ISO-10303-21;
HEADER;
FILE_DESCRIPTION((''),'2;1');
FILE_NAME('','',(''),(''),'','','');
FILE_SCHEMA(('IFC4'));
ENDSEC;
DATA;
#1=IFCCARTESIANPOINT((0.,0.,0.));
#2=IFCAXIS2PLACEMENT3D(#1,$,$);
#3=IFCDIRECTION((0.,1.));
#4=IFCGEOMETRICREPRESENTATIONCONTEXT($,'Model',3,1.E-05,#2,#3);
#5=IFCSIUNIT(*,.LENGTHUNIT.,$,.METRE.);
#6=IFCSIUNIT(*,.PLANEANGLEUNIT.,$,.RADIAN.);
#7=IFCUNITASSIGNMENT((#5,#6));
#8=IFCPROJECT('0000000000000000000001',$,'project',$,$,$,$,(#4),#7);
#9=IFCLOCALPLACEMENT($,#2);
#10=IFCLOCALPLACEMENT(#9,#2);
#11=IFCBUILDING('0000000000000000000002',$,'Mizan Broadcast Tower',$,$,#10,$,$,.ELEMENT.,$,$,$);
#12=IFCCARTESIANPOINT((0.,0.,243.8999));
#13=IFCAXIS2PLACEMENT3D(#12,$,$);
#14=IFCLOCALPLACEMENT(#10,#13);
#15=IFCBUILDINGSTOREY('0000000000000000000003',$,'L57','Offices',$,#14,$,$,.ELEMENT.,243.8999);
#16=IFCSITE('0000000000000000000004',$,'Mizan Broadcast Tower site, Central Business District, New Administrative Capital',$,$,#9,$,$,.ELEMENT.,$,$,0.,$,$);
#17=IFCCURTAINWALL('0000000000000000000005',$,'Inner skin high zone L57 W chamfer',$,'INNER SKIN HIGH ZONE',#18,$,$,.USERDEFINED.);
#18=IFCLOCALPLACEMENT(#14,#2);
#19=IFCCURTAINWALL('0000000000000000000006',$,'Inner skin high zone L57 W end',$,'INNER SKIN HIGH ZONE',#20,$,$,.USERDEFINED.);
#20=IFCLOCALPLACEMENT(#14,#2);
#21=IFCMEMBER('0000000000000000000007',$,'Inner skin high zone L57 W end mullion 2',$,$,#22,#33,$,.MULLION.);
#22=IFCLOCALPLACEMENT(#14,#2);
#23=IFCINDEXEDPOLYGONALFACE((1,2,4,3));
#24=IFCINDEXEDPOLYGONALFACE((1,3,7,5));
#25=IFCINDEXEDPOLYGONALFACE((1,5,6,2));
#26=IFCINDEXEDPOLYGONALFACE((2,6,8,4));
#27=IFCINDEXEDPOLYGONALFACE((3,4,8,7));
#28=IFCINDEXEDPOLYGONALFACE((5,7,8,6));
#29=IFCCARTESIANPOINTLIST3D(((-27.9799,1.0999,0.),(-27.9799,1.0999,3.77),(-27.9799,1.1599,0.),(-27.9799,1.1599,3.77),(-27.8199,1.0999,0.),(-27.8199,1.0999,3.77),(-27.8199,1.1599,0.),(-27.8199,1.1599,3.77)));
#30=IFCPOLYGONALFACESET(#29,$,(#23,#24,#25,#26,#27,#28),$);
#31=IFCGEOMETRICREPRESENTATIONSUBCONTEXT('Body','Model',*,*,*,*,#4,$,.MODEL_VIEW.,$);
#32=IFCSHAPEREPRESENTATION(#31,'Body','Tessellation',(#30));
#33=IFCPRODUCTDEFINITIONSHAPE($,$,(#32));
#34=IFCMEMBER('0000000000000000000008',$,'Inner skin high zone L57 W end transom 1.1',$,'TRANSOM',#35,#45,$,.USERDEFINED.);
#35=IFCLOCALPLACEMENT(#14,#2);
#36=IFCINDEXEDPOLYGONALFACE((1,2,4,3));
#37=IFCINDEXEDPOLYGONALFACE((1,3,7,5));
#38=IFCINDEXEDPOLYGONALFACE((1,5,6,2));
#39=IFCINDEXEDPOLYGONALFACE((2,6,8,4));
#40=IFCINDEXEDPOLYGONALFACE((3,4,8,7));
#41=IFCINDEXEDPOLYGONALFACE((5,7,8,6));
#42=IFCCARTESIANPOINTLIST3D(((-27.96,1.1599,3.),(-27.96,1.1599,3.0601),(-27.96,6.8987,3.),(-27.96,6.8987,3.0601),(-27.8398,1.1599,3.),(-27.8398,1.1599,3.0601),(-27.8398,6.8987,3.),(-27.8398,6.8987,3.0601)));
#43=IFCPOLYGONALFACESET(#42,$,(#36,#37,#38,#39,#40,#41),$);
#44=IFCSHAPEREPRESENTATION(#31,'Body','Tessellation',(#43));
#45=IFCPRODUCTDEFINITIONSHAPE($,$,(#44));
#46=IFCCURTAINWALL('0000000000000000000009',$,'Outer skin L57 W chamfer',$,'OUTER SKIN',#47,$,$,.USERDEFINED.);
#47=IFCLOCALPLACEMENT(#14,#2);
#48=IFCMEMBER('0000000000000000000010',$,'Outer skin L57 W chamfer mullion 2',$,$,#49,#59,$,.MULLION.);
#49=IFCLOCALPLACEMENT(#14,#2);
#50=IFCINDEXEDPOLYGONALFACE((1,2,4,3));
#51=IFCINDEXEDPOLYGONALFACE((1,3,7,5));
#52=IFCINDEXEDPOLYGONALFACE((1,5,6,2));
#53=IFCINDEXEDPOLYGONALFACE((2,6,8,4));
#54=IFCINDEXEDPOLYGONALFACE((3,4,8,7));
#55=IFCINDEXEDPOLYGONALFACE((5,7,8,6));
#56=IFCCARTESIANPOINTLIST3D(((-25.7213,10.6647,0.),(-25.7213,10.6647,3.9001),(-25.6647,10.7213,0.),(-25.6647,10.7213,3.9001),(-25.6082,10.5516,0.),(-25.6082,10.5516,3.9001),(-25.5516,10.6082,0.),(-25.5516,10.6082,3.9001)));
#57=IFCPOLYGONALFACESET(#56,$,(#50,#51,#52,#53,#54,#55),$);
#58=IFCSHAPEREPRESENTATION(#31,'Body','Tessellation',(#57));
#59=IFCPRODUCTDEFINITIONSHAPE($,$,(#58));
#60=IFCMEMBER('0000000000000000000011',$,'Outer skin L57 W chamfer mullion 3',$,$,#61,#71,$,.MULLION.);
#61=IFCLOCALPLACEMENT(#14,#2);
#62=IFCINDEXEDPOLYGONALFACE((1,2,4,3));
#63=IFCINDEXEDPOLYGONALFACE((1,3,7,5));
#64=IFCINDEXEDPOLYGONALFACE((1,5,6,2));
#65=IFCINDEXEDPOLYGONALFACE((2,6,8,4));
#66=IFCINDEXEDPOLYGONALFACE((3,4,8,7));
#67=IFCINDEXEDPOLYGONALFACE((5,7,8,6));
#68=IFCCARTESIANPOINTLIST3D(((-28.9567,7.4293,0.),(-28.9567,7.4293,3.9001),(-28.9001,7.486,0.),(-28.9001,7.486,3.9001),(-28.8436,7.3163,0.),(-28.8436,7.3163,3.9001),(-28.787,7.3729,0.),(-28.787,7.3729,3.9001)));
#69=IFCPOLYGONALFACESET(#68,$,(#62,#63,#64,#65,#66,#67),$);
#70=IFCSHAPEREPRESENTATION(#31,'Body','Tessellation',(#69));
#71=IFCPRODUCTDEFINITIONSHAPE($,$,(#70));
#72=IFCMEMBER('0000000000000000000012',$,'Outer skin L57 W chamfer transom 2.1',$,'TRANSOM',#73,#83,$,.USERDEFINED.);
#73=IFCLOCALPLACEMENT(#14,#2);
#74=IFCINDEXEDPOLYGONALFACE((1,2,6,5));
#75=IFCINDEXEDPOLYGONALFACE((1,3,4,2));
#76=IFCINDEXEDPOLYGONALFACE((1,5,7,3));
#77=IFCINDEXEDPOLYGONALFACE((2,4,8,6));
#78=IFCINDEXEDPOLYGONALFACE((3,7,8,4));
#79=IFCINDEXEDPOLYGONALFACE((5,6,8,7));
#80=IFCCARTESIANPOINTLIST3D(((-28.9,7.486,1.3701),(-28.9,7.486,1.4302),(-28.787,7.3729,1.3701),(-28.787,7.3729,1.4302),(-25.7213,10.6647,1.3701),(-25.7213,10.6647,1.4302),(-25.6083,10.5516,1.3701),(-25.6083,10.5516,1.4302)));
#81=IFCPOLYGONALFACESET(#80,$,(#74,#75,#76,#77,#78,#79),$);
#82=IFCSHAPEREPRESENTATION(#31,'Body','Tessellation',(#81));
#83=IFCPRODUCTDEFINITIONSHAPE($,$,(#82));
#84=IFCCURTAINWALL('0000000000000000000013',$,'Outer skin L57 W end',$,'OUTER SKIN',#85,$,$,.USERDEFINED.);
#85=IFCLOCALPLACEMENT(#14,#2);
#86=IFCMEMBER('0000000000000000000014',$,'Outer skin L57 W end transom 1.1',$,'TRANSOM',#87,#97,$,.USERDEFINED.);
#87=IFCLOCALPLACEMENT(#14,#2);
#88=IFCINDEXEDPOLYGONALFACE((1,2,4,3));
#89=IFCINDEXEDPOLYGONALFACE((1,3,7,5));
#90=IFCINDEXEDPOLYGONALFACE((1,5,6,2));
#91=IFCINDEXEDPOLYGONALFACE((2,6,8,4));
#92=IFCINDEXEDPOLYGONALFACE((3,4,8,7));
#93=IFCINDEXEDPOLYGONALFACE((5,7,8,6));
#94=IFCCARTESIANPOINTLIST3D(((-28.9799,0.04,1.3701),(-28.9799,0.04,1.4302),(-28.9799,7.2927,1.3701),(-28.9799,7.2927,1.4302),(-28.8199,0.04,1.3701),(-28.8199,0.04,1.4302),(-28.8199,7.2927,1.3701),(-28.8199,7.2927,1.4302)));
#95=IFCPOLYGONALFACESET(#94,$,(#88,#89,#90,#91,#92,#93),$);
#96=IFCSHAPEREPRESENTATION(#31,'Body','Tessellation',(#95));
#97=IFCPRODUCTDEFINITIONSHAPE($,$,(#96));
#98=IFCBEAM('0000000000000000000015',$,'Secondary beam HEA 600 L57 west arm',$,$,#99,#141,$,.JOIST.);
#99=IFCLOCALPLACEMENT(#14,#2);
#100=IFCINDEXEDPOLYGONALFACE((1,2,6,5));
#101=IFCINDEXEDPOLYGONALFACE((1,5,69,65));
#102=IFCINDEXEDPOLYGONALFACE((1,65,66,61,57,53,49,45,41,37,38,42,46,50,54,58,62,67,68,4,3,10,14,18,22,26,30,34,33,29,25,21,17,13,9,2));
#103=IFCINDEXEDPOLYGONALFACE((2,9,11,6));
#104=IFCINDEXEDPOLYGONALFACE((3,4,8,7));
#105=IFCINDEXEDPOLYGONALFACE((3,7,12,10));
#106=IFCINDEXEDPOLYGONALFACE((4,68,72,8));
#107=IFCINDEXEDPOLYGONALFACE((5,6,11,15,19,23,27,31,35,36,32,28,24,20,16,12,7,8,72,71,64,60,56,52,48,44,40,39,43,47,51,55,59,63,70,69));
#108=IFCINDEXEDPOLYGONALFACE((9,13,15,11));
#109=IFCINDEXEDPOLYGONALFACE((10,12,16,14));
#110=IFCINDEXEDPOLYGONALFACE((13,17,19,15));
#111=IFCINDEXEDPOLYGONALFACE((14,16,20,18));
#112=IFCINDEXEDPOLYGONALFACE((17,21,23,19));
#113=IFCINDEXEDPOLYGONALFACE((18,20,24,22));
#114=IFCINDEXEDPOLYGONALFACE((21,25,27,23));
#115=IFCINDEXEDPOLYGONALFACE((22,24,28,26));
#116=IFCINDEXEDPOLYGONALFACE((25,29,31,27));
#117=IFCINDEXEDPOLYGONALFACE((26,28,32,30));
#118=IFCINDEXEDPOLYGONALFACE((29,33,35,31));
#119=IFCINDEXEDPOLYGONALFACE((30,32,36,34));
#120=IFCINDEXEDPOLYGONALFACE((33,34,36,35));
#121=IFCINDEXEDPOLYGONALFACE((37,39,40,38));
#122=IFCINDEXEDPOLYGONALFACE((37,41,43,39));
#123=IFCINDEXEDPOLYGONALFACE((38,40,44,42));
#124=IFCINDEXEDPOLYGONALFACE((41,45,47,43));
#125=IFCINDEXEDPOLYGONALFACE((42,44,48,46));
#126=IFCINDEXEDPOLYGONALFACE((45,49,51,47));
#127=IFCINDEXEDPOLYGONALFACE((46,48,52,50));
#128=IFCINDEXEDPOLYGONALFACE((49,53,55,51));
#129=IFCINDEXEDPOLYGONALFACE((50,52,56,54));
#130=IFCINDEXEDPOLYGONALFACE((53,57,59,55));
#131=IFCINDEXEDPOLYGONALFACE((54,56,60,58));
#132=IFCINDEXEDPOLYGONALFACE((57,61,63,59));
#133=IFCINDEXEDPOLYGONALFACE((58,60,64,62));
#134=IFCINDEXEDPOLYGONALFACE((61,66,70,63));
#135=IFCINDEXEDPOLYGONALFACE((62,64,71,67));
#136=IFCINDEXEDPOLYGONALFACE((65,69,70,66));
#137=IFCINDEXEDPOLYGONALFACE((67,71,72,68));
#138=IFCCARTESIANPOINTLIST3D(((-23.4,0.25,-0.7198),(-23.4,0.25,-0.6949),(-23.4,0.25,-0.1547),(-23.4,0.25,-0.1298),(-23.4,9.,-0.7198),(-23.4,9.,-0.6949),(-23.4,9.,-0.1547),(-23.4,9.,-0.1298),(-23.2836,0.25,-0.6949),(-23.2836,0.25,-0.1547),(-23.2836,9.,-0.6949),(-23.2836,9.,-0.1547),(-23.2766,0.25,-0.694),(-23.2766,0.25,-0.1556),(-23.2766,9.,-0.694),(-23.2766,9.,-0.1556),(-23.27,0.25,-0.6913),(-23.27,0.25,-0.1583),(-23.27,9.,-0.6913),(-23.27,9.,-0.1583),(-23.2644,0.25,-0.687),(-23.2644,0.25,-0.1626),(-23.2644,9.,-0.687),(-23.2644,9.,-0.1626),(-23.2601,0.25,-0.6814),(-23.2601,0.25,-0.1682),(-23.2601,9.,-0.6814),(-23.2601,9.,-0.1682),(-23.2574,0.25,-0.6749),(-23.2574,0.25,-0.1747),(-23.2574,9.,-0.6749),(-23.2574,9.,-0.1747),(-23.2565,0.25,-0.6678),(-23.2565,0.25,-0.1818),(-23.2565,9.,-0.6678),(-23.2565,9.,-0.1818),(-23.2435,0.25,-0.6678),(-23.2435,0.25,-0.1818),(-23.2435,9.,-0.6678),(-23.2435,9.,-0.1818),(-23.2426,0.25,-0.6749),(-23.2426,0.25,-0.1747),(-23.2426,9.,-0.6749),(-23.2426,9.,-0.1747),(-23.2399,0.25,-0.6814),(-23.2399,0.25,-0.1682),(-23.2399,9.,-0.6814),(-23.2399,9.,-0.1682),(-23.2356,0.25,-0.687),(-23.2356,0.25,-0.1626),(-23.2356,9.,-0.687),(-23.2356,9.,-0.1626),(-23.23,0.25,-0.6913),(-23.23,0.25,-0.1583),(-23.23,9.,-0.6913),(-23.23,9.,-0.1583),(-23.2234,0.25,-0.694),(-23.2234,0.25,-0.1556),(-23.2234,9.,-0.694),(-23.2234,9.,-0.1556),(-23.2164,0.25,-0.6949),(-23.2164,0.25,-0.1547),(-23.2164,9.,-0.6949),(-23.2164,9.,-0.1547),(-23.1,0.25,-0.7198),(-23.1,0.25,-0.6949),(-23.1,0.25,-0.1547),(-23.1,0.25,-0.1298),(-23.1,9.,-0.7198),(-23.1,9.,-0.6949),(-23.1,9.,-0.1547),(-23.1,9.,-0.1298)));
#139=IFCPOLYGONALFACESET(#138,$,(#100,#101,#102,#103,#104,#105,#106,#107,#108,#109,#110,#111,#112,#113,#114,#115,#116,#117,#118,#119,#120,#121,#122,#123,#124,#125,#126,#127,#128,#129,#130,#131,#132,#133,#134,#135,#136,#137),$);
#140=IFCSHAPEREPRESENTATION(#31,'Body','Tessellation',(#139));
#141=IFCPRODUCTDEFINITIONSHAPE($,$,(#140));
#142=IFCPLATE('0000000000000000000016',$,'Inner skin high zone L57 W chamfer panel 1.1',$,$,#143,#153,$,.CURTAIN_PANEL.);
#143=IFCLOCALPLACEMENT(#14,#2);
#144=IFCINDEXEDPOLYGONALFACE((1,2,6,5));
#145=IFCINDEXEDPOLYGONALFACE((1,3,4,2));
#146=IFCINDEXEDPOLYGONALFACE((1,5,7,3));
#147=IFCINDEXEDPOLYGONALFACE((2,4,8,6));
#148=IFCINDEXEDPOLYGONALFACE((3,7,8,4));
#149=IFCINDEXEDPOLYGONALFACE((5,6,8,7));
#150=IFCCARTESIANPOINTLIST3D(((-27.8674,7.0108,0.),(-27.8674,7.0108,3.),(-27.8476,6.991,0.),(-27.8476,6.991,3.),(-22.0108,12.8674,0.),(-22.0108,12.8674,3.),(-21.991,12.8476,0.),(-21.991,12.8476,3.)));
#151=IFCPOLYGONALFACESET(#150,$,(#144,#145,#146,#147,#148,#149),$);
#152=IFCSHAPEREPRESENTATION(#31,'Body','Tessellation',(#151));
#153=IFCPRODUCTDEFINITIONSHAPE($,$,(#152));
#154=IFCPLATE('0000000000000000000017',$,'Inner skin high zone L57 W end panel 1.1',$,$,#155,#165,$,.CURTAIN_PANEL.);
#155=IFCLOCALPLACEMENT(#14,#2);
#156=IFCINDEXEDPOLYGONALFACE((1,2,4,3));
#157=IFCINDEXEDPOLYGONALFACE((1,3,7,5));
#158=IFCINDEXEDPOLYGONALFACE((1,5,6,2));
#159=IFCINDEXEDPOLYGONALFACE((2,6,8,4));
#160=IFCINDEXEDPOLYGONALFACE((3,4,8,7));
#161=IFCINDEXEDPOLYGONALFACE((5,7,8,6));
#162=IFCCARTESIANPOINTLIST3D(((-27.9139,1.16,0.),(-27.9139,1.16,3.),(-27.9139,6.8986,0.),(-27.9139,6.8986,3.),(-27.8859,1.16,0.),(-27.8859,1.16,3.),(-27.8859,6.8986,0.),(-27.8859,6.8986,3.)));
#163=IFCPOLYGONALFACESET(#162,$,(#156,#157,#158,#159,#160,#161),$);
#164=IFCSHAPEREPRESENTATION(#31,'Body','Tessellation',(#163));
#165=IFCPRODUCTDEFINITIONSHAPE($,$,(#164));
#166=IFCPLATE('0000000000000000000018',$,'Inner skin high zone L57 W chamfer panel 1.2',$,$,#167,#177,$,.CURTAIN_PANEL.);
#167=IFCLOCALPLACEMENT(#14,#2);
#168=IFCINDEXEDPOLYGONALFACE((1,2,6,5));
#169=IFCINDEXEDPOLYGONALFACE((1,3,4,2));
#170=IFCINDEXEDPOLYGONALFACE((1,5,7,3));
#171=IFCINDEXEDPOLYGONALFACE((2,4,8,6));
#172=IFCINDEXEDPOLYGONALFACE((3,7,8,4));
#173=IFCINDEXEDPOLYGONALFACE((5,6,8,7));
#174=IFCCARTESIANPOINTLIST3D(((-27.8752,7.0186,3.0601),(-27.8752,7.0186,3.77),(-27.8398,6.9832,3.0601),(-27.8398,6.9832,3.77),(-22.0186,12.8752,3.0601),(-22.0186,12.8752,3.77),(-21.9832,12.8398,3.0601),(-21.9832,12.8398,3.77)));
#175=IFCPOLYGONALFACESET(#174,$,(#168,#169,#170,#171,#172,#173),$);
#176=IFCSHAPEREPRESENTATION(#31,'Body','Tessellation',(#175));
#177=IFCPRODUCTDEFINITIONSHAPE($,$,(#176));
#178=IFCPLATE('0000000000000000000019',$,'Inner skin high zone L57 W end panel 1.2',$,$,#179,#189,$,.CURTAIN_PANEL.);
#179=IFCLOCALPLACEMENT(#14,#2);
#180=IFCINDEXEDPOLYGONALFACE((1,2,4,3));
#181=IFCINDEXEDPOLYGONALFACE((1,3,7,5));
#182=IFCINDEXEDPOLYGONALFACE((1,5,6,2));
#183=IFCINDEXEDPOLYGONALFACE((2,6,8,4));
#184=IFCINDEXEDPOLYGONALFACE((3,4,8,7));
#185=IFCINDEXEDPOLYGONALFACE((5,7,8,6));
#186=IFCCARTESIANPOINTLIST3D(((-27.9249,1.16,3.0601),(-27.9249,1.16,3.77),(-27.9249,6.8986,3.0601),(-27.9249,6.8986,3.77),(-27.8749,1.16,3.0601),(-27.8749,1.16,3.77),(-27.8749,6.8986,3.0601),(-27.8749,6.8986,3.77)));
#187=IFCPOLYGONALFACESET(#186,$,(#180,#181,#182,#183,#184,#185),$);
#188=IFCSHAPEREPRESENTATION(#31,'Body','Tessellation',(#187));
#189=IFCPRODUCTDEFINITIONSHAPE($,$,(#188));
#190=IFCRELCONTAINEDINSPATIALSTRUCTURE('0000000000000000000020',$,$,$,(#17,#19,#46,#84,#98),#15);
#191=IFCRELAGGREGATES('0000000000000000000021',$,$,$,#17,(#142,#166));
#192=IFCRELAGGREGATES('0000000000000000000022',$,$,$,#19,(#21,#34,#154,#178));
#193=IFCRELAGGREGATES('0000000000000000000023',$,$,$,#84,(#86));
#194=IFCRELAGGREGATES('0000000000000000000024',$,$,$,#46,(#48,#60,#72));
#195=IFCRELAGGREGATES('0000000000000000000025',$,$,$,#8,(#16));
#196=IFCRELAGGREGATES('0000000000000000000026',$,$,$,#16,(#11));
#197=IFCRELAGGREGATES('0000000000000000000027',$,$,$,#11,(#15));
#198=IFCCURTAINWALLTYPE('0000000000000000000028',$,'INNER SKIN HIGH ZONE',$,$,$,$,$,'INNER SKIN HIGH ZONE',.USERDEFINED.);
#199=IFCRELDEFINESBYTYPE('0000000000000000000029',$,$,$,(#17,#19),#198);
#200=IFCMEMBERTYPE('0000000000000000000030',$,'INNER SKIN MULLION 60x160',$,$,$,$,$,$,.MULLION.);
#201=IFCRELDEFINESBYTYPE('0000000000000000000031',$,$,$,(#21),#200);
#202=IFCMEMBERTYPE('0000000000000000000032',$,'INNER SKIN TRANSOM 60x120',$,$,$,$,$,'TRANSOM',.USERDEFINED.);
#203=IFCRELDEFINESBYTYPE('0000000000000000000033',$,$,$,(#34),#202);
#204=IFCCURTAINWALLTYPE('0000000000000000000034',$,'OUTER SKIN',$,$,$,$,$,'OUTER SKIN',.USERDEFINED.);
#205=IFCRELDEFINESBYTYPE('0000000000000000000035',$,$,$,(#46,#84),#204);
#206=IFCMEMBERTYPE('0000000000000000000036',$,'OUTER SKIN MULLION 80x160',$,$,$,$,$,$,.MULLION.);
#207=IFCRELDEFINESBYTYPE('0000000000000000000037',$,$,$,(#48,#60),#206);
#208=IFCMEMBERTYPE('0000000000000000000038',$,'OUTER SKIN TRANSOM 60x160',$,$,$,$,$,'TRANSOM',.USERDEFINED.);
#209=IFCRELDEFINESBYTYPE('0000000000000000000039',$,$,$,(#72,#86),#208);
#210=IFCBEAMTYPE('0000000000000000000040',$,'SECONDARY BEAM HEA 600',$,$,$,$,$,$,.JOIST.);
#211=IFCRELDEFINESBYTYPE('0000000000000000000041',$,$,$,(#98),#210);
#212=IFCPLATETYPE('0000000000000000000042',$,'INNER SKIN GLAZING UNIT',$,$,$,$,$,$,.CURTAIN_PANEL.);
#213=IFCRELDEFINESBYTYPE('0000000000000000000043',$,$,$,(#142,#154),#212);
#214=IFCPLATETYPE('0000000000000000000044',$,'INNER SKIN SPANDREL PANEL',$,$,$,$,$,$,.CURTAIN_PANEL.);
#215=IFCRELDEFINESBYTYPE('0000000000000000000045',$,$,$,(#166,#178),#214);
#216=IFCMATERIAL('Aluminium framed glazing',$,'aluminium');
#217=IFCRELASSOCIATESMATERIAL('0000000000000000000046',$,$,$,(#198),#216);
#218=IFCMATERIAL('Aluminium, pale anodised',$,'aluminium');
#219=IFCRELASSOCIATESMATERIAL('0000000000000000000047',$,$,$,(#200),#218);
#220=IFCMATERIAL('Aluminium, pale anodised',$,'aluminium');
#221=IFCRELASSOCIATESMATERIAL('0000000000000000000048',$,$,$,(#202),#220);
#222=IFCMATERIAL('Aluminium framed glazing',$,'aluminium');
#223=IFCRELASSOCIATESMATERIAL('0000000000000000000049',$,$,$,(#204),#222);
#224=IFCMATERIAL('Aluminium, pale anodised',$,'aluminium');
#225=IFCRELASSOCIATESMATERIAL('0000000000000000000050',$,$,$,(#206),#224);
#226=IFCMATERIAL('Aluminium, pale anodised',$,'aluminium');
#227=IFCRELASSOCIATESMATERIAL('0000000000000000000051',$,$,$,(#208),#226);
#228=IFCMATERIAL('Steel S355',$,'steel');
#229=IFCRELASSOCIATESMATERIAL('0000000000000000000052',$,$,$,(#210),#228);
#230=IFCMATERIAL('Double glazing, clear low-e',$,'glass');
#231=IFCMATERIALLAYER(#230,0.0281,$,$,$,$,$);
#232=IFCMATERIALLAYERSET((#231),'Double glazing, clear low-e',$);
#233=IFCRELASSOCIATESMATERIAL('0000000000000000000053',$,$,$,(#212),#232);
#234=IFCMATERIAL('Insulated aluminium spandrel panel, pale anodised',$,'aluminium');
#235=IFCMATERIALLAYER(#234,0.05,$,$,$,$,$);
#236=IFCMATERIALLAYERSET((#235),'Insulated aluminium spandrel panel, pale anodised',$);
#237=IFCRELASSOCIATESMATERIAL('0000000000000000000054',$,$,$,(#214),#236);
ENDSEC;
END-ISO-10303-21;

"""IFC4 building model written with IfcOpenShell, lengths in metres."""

from ifc_helpers import new_model, si_unit, direction, frame, origin, origin_2d, place, context, subcontext, project, spatial, rectangle, i_section, extrude, material, layer, layer_set, material_profile, profile_set, type_object, element, aggregate, save


model = new_model("IFC4")

# Units and contexts
model_context = context("Model", 3, precision=1e-05, world=origin(), true_north=direction((0.0, 1.0)))
body_context = subcontext(model_context, "Body", "Model", "MODEL_VIEW")
ifc_project = project(units=[si_unit("LENGTHUNIT", "METRE"), si_unit("PLANEANGLEUNIT", "RADIAN")], contexts=[model_context])

# Site, building, storey
site_placement = place(None, origin())
site = spatial("IfcSite", under=ifc_project, at=site_placement, Name="Mizan Broadcast Tower site, Central Business District, New Administrative Capital", CompositionType="ELEMENT", RefElevation=0.0)
building_placement = place(site_placement, origin())
building = spatial("IfcBuilding", under=site, at=building_placement, Name="Mizan Broadcast Tower", CompositionType="ELEMENT")
storey_placement = place(building_placement, frame((0.0, 0.0, 243.8999)))
storey = spatial("IfcBuildingStorey", under=building, at=storey_placement, Name="L57", Description="Offices", CompositionType="ELEMENT", Elevation=243.8999)

# Curtain wall
ifc_material_1 = material(Name="Aluminium framed glazing", Category="aluminium")
curtain_wall_type_1 = type_object("IfcCurtainWallType", Name="INNER SKIN HIGH ZONE", ElementType="INNER SKIN HIGH ZONE", PredefinedType="USERDEFINED", material=ifc_material_1)
curtain_wall_1_placement = place(storey_placement, origin())
curtain_wall_1 = element("IfcCurtainWall", 1, at=curtain_wall_1_placement, inside=storey, type_object=curtain_wall_type_1, Name="Inner skin high zone L57 W chamfer", ObjectType="INNER SKIN HIGH ZONE", PredefinedType="USERDEFINED")
ifc_material_2 = material(Name="Aluminium, pale anodised", Category="aluminium")
ifc_material_profile_1 = material_profile(ifc_material_2, rectangle(XDim=0.1599, YDim=0.0601, at=origin_2d()), Name="MULLION 160x60")
ifc_profile_set_1 = profile_set([ifc_material_profile_1], Name="Aluminium, pale anodised")
member_type_1 = type_object("IfcMemberType", Name="INNER SKIN MULLION 60x160", PredefinedType="MULLION", material=ifc_profile_set_1)

# Curtain walls, members
curtain_wall_2_placement = place(storey_placement, origin())
curtain_wall_2 = element("IfcCurtainWall", 2, at=curtain_wall_2_placement, inside=storey, type_object=curtain_wall_type_1, Name="Inner skin high zone L57 W end", ObjectType="INNER SKIN HIGH ZONE", PredefinedType="USERDEFINED")
member_1_placement = place(storey_placement, frame((-27.8999, 1.1299, 0.0), z_axis=(0.0, 0.0, 1.0), x_axis=(1.0, 0.0, 0.0)))
member_1 = element("IfcMember", 3, at=member_1_placement, type_object=member_type_1, Name="Inner skin high zone L57 W end mullion 2", PredefinedType="MULLION", context=body_context, shape_type="SweptSolid", body=[
    extrude(rectangle(XDim=0.1599, YDim=0.0601, at=origin_2d()), origin(), (0.0, 0.0, 1.0), 3.77),
])
ifc_material_3 = material(Name="Aluminium, pale anodised", Category="aluminium")
ifc_material_profile_2 = material_profile(ifc_material_3, rectangle(XDim=0.1201, YDim=0.0601, at=origin_2d()), Name="TRANSOM 120x60")
ifc_profile_set_2 = profile_set([ifc_material_profile_2], Name="Aluminium, pale anodised")
member_type_2 = type_object("IfcMemberType", Name="INNER SKIN TRANSOM 60x120", ElementType="TRANSOM", PredefinedType="USERDEFINED", material=ifc_profile_set_2)
member_2_placement = place(storey_placement, frame((-27.8999, 6.8987, 3.03), z_axis=(0.0, -1.0, 0.0), x_axis=(1.0, 0.0, 0.0)))
member_2 = element("IfcMember", 4, at=member_2_placement, type_object=member_type_2, Name="Inner skin high zone L57 W end transom 1.1", ObjectType="TRANSOM", PredefinedType="USERDEFINED", context=body_context, shape_type="SweptSolid", body=[
    extrude(rectangle(XDim=0.1201, YDim=0.0601, at=origin_2d()), origin(), (0.0, 0.0, 1.0), 5.7388),
])
ifc_material_4 = material(Name="Aluminium framed glazing", Category="aluminium")
curtain_wall_type_2 = type_object("IfcCurtainWallType", Name="OUTER SKIN", ElementType="OUTER SKIN", PredefinedType="USERDEFINED", material=ifc_material_4)
curtain_wall_3_placement = place(storey_placement, origin())
curtain_wall_3 = element("IfcCurtainWall", 5, at=curtain_wall_3_placement, inside=storey, type_object=curtain_wall_type_2, Name="Outer skin L57 W chamfer", ObjectType="OUTER SKIN", PredefinedType="USERDEFINED")
ifc_material_5 = material(Name="Aluminium, pale anodised", Category="aluminium")
ifc_material_profile_3 = material_profile(ifc_material_5, rectangle(XDim=0.1599, YDim=0.0801, at=origin_2d()), Name="MULLION 160x80")
ifc_profile_set_3 = profile_set([ifc_material_profile_3], Name="Aluminium, pale anodised")
member_type_3 = type_object("IfcMemberType", Name="OUTER SKIN MULLION 80x160", PredefinedType="MULLION", material=ifc_profile_set_3)
member_3_placement = place(storey_placement, frame((-25.6365, 10.6365, 0.0), z_axis=(0.0, 0.0, 1.0), x_axis=(0.707107, -0.707107, 0.0)))
member_3 = element("IfcMember", 6, at=member_3_placement, type_object=member_type_3, Name="Outer skin L57 W chamfer mullion 2", PredefinedType="MULLION", context=body_context, shape_type="SweptSolid", body=[
    extrude(rectangle(XDim=0.1599, YDim=0.0801, at=origin_2d()), origin(), (0.0, 0.0, 1.0), 3.9001),
])
member_4_placement = place(storey_placement, frame((-28.8718, 7.4011, 0.0), z_axis=(0.0, 0.0, 1.0), x_axis=(0.707107, -0.707107, 0.0)))
member_4 = element("IfcMember", 7, at=member_4_placement, type_object=member_type_3, Name="Outer skin L57 W chamfer mullion 3", PredefinedType="MULLION", context=body_context, shape_type="SweptSolid", body=[
    extrude(rectangle(XDim=0.1599, YDim=0.0801, at=origin_2d()), origin(), (0.0, 0.0, 1.0), 3.9001),
])
ifc_material_6 = material(Name="Aluminium, pale anodised", Category="aluminium")
ifc_material_profile_4 = material_profile(ifc_material_6, rectangle(XDim=0.1599, YDim=0.0601, at=origin_2d()), Name="TRANSOM 160x60")
ifc_profile_set_4 = profile_set([ifc_material_profile_4], Name="Aluminium, pale anodised")
member_type_4 = type_object("IfcMemberType", Name="OUTER SKIN TRANSOM 60x160", ElementType="TRANSOM", PredefinedType="USERDEFINED", material=ifc_profile_set_4)
member_5_placement = place(storey_placement, frame((-25.6648, 10.6082, 1.4001), z_axis=(-0.707107, -0.707107, 0.0), x_axis=(0.707107, -0.707107, 0.0)))
member_5 = element("IfcMember", 8, at=member_5_placement, type_object=member_type_4, Name="Outer skin L57 W chamfer transom 2.1", ObjectType="TRANSOM", PredefinedType="USERDEFINED", context=body_context, shape_type="SweptSolid", body=[
    extrude(rectangle(XDim=0.1599, YDim=0.0601, at=origin_2d()), origin(), (0.0, 0.0, 1.0), 4.4954),
])

# Curtain wall, member
curtain_wall_4_placement = place(storey_placement, origin())
curtain_wall_4 = element("IfcCurtainWall", 9, at=curtain_wall_4_placement, inside=storey, type_object=curtain_wall_type_2, Name="Outer skin L57 W end", ObjectType="OUTER SKIN", PredefinedType="USERDEFINED")
member_6_placement = place(storey_placement, frame((-28.8999, 7.2927, 1.4001), z_axis=(0.0, -1.0, 0.0), x_axis=(1.0, 0.0, 0.0)))
member_6 = element("IfcMember", 10, at=member_6_placement, type_object=member_type_4, Name="Outer skin L57 W end transom 1.1", ObjectType="TRANSOM", PredefinedType="USERDEFINED", context=body_context, shape_type="SweptSolid", body=[
    extrude(rectangle(XDim=0.1599, YDim=0.0601, at=origin_2d()), origin(), (0.0, 0.0, 1.0), 7.2527),
])

# Beam
ifc_material_7 = material(Name="Steel S355", Category="steel")
ifc_material_profile_5 = material_profile(ifc_material_7, i_section(OverallWidth=0.3, OverallDepth=0.5901, WebThickness=0.0129, FlangeThickness=0.0249, FilletRadius=0.0271, at=origin_2d()), Name="HEA 600")
ifc_profile_set_5 = profile_set([ifc_material_profile_5], Name="Steel S355")
beam_type_1 = type_object("IfcBeamType", Name="SECONDARY BEAM HEA 600", PredefinedType="JOIST", material=ifc_profile_set_5)
beam_1_placement = place(storey_placement, frame((-23.25, 9.0, -0.4248), z_axis=(0.0, -1.0, 0.0), x_axis=(1.0, 0.0, 0.0)))
element("IfcBeam", 11, at=beam_1_placement, inside=storey, type_object=beam_type_1, Name="Secondary beam HEA 600 L57 west arm", PredefinedType="JOIST", context=body_context, shape_type="SweptSolid", body=[
    extrude(i_section(OverallWidth=0.3, OverallDepth=0.5901, WebThickness=0.0129, FlangeThickness=0.0249, FilletRadius=0.0271, at=origin_2d()), origin(), (0.0, 0.0, 1.0), 8.75),
])

# Plates
ifc_material_8 = material(Name="Double glazing, clear low-e", Category="glass")
ifc_layer_1 = layer(ifc_material_8, 0.0281)
ifc_layer_set_1 = layer_set([ifc_layer_1], Name="Double glazing, clear low-e")
plate_type_1 = type_object("IfcPlateType", Name="INNER SKIN GLAZING UNIT", PredefinedType="CURTAIN_PANEL", material=ifc_layer_set_1)
plate_1_placement = place(storey_placement, frame((-24.9292, 9.9292, 0.0), z_axis=(0.0, 0.0, 1.0), x_axis=(-0.707107, -0.707107, 0.0)))
plate_1 = element("IfcPlate", 12, at=plate_1_placement, type_object=plate_type_1, Name="Inner skin high zone L57 W chamfer panel 1.1", PredefinedType="CURTAIN_PANEL", context=body_context, shape_type="SweptSolid", body=[
    extrude(rectangle(XDim=8.2825, YDim=0.0281, at=origin_2d()), origin(), (0.0, 0.0, 1.0), 3.0),
])
plate_2_placement = place(storey_placement, frame((-27.8999, 4.0293, 0.0), z_axis=(0.0, 0.0, 1.0), x_axis=(0.0, -1.0, 0.0)))
plate_2 = element("IfcPlate", 13, at=plate_2_placement, type_object=plate_type_1, Name="Inner skin high zone L57 W end panel 1.1", PredefinedType="CURTAIN_PANEL", context=body_context, shape_type="SweptSolid", body=[
    extrude(rectangle(XDim=5.7385, YDim=0.0281, at=origin_2d()), origin(), (0.0, 0.0, 1.0), 3.0),
])
ifc_material_9 = material(Name="Insulated aluminium spandrel panel, pale anodised", Category="aluminium")
ifc_layer_2 = layer(ifc_material_9, 0.05)
ifc_layer_set_2 = layer_set([ifc_layer_2], Name="Insulated aluminium spandrel panel, pale anodised")
plate_type_2 = type_object("IfcPlateType", Name="INNER SKIN SPANDREL PANEL", PredefinedType="CURTAIN_PANEL", material=ifc_layer_set_2)
plate_3_placement = place(storey_placement, frame((-24.9292, 9.9292, 3.0601), z_axis=(0.0, 0.0, 1.0), x_axis=(-0.707107, -0.707107, 0.0)))
plate_3 = element("IfcPlate", 14, at=plate_3_placement, type_object=plate_type_2, Name="Inner skin high zone L57 W chamfer panel 1.2", PredefinedType="CURTAIN_PANEL", context=body_context, shape_type="SweptSolid", body=[
    extrude(rectangle(XDim=8.2825, YDim=0.05, at=origin_2d()), origin(), (0.0, 0.0, 1.0), 0.71),
])
aggregate(curtain_wall_1, [plate_1, plate_3])
plate_4_placement = place(storey_placement, frame((-27.8999, 4.0293, 3.0601), z_axis=(0.0, 0.0, 1.0), x_axis=(0.0, -1.0, 0.0)))
plate_4 = element("IfcPlate", 15, at=plate_4_placement, type_object=plate_type_2, Name="Inner skin high zone L57 W end panel 1.2", PredefinedType="CURTAIN_PANEL", context=body_context, shape_type="SweptSolid", body=[
    extrude(rectangle(XDim=5.7385, YDim=0.05, at=origin_2d()), origin(), (0.0, 0.0, 1.0), 0.71),
])
aggregate(curtain_wall_2, [member_1, member_2, plate_2, plate_4])
aggregate(curtain_wall_4, [member_6])
aggregate(curtain_wall_3, [member_3, member_4, member_5])

save(model, "model.ifc")
